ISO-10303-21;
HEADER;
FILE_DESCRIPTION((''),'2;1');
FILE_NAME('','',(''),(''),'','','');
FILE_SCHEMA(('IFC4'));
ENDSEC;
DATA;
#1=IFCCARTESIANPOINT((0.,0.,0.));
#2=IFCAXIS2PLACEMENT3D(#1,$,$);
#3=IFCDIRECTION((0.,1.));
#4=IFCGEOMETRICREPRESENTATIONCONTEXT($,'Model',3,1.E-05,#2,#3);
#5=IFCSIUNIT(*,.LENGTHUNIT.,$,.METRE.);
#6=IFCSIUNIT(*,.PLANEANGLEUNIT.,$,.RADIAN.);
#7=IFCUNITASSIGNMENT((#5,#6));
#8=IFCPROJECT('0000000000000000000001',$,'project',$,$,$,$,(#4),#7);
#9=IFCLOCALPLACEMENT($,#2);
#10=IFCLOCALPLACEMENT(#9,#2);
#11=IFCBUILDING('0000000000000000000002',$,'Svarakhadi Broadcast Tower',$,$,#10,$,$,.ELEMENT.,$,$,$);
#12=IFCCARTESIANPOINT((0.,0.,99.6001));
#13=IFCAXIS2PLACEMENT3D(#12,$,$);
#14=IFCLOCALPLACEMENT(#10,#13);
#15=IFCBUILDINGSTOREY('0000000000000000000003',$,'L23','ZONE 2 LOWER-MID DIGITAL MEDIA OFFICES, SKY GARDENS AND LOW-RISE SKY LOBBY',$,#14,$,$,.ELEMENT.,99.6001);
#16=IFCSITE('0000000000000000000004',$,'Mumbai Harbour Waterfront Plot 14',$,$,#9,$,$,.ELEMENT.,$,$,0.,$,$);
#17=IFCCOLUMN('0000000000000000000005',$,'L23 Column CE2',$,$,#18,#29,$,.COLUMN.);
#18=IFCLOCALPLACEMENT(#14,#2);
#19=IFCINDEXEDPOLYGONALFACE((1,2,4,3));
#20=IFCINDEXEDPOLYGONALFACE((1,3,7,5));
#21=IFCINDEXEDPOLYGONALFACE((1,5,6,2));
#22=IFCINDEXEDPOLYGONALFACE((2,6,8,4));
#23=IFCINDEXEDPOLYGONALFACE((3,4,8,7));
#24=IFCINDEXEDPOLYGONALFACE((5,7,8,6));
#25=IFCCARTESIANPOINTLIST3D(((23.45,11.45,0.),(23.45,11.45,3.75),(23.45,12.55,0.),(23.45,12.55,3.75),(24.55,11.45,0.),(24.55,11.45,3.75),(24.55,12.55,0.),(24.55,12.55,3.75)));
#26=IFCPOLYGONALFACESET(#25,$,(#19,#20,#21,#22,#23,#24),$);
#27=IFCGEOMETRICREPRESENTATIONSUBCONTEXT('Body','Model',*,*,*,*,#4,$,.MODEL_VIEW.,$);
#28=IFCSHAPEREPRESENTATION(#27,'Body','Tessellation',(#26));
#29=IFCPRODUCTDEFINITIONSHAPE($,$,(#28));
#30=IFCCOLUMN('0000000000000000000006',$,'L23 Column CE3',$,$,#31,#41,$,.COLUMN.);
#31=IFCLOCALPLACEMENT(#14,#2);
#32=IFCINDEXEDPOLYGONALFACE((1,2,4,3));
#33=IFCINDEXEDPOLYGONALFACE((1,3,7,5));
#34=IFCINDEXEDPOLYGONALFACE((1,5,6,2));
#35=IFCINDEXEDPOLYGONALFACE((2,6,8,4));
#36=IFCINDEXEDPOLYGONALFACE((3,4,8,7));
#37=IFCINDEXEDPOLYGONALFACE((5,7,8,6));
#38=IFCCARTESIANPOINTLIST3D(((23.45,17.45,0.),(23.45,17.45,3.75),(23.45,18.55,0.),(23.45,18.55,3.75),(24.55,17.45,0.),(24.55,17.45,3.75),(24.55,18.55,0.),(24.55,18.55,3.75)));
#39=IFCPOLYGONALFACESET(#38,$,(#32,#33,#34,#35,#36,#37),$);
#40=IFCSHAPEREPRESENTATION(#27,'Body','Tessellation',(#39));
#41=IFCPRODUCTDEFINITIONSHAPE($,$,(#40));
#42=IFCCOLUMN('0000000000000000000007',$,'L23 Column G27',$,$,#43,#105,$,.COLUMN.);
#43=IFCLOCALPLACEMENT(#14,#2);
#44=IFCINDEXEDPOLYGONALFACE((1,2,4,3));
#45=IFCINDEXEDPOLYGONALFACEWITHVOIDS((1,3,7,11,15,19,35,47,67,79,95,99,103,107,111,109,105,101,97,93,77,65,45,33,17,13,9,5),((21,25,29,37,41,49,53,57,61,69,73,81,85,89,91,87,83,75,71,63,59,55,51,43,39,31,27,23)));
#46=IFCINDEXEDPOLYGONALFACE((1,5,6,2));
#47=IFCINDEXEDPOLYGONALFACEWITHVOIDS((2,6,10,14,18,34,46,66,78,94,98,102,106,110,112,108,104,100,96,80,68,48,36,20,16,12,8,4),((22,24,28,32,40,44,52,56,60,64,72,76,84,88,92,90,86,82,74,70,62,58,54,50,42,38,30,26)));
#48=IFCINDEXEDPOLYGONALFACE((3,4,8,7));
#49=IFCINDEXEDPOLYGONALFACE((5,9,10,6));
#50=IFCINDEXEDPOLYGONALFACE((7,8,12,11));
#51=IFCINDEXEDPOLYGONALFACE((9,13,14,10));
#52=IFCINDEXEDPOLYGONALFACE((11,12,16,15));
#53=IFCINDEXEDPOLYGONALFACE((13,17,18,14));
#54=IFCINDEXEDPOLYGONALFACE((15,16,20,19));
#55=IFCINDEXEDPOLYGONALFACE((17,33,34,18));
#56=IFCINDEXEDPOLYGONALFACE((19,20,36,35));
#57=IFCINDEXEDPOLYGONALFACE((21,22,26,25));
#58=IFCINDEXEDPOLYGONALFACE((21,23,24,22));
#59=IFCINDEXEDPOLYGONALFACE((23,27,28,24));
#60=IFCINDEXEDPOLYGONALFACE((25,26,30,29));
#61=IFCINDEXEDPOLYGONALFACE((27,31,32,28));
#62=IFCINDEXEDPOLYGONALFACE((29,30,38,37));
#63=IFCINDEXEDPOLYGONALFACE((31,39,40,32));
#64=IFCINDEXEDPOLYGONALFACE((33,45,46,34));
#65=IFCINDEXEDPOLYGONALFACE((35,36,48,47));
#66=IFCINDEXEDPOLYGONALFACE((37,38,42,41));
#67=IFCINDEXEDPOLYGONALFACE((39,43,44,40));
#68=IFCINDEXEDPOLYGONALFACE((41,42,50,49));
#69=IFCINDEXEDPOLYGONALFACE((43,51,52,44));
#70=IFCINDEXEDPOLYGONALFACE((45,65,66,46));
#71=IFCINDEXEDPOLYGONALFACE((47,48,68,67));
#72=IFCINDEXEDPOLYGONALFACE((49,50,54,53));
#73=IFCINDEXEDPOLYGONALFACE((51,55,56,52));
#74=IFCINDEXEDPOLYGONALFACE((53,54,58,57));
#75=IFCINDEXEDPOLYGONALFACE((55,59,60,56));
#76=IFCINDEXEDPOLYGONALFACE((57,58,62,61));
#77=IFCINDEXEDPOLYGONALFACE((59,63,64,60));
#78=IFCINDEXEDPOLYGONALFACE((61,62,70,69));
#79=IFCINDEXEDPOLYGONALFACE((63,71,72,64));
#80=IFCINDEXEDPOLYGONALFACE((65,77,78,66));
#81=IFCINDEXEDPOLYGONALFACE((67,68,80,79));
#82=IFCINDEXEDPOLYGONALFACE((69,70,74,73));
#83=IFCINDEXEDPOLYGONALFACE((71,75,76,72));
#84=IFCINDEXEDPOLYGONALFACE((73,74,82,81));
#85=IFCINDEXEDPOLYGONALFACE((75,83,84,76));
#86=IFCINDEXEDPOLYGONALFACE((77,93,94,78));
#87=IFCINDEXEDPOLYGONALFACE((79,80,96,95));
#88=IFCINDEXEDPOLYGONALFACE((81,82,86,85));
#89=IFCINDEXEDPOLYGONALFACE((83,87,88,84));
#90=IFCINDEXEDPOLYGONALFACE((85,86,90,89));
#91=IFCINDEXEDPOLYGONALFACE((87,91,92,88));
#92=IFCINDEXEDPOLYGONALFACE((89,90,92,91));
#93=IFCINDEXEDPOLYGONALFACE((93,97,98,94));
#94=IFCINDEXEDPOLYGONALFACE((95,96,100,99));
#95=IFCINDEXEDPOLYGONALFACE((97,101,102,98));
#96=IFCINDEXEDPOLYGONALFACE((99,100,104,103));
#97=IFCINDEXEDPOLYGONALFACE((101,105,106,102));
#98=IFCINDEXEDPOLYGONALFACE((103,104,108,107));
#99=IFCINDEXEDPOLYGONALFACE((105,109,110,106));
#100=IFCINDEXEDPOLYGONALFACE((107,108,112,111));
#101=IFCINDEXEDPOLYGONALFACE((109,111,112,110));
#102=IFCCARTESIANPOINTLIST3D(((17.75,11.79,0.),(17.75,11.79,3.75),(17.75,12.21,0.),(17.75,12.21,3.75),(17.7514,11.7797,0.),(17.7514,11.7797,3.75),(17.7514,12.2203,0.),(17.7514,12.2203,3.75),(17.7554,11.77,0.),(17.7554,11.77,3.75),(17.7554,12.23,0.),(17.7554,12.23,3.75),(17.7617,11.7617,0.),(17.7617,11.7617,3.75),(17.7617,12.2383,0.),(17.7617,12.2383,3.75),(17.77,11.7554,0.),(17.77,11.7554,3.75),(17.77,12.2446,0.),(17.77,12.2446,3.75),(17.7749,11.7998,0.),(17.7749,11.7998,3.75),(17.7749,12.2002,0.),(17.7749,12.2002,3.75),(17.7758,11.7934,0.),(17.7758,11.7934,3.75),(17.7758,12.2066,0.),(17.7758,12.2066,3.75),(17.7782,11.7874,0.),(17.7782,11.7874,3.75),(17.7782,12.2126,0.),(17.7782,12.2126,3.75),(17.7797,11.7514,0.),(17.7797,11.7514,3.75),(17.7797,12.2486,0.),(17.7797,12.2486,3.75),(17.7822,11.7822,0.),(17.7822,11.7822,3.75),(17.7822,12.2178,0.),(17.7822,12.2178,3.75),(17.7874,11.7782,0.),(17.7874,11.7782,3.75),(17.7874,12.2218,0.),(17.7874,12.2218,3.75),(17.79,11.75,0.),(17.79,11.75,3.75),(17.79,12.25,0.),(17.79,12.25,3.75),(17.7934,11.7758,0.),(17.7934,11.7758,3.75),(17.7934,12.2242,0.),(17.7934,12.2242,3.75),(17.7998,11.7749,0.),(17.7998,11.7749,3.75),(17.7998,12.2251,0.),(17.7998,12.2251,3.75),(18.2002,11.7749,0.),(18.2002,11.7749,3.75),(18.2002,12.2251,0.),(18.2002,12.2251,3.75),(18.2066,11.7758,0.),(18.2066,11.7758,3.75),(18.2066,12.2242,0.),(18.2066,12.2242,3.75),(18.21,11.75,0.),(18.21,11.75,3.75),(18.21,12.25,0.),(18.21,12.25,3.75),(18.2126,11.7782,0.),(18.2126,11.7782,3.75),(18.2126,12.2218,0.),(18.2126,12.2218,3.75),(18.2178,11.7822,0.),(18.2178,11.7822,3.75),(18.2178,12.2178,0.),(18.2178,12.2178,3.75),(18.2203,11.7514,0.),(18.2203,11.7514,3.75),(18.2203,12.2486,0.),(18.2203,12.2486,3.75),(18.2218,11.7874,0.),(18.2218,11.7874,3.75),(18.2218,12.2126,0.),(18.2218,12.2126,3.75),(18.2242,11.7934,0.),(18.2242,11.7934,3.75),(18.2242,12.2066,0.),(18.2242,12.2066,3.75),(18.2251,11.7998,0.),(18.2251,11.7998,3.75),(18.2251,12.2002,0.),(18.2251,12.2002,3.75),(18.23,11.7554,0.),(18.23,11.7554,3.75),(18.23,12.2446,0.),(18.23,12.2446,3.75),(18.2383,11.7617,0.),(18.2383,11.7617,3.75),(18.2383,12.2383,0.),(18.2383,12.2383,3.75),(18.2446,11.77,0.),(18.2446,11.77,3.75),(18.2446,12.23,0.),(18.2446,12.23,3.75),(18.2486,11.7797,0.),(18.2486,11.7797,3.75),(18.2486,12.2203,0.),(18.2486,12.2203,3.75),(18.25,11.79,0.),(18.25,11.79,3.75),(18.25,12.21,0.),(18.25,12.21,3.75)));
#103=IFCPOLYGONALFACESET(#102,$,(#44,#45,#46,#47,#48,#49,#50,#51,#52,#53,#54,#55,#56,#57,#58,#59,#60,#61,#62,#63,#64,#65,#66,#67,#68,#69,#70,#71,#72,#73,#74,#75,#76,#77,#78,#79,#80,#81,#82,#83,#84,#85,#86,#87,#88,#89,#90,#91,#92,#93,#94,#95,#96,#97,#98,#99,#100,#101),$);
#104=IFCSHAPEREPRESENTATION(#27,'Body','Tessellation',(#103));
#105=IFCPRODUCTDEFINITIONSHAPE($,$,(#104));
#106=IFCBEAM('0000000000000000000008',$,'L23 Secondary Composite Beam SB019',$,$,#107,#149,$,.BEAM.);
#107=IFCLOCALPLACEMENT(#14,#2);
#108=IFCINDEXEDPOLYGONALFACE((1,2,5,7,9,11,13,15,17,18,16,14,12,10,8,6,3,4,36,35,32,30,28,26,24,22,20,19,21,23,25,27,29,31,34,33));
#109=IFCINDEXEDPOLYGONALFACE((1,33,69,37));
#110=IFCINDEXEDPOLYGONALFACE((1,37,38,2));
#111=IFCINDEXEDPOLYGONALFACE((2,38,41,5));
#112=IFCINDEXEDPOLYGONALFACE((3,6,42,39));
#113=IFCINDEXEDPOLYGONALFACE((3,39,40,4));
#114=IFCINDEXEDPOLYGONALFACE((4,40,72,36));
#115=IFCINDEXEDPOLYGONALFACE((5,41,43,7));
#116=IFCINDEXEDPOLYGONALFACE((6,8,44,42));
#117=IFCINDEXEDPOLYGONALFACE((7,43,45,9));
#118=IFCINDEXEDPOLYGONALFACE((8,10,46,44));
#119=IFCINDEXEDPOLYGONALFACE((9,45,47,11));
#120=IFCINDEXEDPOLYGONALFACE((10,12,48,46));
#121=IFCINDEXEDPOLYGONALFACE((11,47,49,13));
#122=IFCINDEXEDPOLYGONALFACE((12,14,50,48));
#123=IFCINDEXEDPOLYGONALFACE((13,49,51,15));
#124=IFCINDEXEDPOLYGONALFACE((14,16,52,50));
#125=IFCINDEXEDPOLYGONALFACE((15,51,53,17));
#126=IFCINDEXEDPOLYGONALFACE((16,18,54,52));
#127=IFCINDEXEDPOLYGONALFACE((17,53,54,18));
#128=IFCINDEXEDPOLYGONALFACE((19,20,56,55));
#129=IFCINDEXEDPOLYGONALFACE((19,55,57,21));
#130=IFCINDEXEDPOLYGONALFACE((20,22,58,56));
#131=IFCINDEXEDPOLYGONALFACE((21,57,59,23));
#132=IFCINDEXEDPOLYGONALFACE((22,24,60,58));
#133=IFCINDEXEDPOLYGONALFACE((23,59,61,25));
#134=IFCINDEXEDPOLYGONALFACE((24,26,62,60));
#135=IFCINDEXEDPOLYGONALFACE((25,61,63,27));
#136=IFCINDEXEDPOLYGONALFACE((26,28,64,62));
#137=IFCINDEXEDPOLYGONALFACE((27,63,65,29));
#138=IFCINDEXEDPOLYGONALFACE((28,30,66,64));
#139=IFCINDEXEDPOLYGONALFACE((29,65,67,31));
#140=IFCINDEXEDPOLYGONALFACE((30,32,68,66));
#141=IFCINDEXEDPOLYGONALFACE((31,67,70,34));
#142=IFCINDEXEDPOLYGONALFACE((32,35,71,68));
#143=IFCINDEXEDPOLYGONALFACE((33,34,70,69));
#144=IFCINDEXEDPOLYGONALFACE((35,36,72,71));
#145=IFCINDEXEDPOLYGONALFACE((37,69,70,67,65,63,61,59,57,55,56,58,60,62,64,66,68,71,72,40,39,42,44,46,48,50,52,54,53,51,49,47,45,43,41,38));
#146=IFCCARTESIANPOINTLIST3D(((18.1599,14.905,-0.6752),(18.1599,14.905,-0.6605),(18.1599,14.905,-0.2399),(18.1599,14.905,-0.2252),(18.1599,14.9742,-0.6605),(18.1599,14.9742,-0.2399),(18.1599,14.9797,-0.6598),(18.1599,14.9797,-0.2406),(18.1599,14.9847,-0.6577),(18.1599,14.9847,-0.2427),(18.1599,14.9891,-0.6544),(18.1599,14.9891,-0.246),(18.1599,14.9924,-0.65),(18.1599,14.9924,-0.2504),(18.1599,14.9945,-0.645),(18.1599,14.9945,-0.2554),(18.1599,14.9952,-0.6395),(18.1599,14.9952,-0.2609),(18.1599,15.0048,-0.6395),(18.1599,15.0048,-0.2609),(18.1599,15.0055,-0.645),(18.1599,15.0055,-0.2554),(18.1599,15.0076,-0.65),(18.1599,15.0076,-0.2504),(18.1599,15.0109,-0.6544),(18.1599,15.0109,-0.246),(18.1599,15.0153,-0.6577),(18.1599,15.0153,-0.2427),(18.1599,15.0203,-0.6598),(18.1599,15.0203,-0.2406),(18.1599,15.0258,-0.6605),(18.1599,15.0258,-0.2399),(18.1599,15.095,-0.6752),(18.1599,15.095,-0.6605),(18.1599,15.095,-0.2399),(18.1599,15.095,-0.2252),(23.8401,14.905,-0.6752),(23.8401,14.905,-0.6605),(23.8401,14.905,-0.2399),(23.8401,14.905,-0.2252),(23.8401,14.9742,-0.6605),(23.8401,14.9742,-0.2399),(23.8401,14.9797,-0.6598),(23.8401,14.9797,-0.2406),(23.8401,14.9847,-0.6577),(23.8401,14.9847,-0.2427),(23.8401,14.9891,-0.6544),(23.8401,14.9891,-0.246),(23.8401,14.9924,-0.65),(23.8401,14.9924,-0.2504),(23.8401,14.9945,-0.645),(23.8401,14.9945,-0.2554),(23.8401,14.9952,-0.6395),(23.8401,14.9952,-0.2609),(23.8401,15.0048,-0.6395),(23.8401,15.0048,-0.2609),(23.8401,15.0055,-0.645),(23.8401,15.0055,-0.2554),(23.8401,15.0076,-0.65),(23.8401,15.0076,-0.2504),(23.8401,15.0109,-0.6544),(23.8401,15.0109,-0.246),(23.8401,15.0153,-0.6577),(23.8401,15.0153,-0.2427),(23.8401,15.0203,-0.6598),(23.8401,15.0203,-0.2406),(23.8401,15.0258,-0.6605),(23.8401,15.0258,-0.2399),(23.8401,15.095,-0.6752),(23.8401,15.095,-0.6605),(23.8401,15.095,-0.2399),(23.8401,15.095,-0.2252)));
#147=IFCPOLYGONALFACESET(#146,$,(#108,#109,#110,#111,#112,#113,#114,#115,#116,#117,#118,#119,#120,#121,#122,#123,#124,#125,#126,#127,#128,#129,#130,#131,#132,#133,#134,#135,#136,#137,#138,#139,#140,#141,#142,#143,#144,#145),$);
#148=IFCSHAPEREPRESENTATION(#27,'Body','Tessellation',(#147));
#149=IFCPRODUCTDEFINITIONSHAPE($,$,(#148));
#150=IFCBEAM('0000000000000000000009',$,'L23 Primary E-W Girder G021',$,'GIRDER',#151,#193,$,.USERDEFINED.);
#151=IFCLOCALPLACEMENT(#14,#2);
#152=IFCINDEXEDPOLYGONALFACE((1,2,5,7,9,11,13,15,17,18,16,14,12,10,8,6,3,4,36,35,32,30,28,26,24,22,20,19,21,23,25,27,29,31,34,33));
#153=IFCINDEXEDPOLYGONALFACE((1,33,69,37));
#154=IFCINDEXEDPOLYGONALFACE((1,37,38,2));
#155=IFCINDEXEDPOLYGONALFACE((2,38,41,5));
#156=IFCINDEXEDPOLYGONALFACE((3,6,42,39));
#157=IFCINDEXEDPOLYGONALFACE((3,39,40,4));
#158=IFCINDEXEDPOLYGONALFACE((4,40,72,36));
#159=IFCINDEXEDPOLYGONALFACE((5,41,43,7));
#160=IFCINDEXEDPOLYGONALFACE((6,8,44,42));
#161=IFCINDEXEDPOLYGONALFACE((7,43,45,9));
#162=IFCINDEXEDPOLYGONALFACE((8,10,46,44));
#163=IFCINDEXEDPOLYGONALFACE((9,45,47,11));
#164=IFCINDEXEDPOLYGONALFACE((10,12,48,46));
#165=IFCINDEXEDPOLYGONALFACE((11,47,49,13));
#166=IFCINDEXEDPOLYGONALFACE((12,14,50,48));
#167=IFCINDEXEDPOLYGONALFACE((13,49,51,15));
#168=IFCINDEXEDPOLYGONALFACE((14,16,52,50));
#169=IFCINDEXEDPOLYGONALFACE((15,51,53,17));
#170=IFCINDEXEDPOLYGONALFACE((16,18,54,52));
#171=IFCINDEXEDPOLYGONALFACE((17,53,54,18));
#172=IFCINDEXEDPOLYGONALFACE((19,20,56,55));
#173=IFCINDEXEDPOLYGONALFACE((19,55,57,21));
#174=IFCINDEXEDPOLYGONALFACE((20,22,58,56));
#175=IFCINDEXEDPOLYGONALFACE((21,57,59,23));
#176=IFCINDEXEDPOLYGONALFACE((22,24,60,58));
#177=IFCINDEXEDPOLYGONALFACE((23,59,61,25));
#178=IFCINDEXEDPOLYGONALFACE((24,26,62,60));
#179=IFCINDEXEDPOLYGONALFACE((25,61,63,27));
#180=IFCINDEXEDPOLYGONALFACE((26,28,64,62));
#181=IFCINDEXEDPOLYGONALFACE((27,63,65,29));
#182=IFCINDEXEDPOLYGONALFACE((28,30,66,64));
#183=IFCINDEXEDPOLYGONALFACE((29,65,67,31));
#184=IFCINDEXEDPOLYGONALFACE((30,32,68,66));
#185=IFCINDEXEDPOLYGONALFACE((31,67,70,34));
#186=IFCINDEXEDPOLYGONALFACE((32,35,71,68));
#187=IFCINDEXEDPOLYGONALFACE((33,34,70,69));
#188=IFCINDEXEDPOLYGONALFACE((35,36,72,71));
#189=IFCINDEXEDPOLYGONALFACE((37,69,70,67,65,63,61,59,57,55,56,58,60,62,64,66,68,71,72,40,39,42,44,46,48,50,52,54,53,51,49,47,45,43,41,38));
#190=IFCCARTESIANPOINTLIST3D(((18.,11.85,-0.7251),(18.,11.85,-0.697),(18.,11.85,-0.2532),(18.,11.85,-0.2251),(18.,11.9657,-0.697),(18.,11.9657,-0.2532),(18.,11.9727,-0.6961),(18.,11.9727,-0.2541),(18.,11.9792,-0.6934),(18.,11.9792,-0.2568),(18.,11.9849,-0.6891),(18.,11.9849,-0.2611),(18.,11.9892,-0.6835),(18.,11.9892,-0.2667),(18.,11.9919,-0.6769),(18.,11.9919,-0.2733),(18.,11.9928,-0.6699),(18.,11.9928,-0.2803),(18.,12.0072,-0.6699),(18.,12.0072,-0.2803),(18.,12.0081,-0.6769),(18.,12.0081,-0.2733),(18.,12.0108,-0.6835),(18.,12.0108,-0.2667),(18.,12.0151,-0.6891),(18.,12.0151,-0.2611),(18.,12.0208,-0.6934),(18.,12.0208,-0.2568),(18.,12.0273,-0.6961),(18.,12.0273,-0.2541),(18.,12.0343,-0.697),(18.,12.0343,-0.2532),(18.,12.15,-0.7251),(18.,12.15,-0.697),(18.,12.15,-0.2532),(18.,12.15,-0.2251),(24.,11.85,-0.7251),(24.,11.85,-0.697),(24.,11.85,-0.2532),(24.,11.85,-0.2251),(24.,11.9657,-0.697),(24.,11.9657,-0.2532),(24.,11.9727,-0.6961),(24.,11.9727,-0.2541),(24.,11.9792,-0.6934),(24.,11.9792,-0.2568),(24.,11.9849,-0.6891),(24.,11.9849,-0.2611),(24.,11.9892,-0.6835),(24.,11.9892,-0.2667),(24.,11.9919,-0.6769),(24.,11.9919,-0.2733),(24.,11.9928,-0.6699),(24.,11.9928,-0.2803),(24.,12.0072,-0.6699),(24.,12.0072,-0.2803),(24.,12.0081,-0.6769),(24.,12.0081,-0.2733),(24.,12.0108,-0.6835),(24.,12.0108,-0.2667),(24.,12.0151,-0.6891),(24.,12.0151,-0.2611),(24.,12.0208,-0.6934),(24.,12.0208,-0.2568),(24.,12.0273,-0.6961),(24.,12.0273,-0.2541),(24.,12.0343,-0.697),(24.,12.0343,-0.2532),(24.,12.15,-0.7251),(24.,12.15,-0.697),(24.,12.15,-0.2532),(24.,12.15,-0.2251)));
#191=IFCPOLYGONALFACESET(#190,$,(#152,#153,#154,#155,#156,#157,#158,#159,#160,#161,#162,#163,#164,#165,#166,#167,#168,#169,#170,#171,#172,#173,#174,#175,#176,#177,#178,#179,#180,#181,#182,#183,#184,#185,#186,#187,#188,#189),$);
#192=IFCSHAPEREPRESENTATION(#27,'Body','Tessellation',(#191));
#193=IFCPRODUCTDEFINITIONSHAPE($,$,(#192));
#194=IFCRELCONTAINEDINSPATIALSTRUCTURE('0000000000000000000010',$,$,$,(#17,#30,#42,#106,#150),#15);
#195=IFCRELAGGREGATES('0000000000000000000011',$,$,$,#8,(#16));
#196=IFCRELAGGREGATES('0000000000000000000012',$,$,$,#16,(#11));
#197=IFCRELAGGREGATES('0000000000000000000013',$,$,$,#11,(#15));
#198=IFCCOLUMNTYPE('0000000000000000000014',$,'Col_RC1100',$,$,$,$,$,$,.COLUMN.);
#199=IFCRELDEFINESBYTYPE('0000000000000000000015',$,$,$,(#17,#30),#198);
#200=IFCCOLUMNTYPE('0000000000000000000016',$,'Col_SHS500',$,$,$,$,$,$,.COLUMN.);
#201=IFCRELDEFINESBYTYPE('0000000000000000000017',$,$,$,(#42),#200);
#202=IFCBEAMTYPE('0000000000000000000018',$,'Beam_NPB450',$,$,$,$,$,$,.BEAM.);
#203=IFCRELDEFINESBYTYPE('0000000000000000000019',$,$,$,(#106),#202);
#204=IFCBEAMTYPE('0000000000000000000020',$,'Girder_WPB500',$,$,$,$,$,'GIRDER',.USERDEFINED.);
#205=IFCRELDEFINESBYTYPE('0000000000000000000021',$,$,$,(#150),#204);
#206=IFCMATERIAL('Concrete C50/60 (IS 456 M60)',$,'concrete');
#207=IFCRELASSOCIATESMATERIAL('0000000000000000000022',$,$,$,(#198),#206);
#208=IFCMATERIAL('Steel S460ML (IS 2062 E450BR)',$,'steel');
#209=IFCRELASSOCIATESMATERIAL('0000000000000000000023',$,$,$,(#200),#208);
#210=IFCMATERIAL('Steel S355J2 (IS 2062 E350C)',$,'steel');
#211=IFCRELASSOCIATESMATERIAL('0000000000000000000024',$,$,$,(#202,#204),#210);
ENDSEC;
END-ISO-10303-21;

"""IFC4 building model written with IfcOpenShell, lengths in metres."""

from ifc_helpers import new_model, si_unit, direction, frame, origin, origin_2d, place, context, subcontext, project, spatial, rectangle, hollow_rectangle, i_section, extrude, material, material_profile, profile_set, type_object, element, save


model = new_model("IFC4")

# Units and contexts
model_context = context("Model", 3, precision=1e-05, world=origin(), true_north=direction((0.0, 1.0)))
body_context = subcontext(model_context, "Body", "Model", "MODEL_VIEW")
ifc_project = project(units=[si_unit("LENGTHUNIT", "METRE"), si_unit("PLANEANGLEUNIT", "RADIAN")], contexts=[model_context])

# Site, building, storey
site_placement = place(None, origin())
site = spatial("IfcSite", under=ifc_project, at=site_placement, Name="Mumbai Harbour Waterfront Plot 14", CompositionType="ELEMENT", RefElevation=0.0)
building_placement = place(site_placement, origin())
building = spatial("IfcBuilding", under=site, at=building_placement, Name="Svarakhadi Broadcast Tower", CompositionType="ELEMENT")
storey_placement = place(building_placement, frame((0.0, 0.0, 99.6001)))
storey = spatial("IfcBuildingStorey", under=building, at=storey_placement, Name="L23", Description="ZONE 2 LOWER-MID DIGITAL MEDIA OFFICES, SKY GARDENS AND LOW-RISE SKY LOBBY", CompositionType="ELEMENT", Elevation=99.6001)

# Columns
ifc_material_1 = material(Name="Concrete C50/60 (IS 456 M60)", Category="concrete")
ifc_material_profile_1 = material_profile(ifc_material_1, rectangle(XDim=1.1001, YDim=1.1001, at=origin_2d()), Name="RC 1100x1100")
ifc_profile_set_1 = profile_set([ifc_material_profile_1], Name="Concrete C50/60 (IS 456 M60)")
column_type_1 = type_object("IfcColumnType", Name="Col_RC1100", PredefinedType="COLUMN", material=ifc_profile_set_1)
for number, where, z_axis, x_axis, name in (
    (1, (24.0, 12.0, 0.0), (0.0, 0.0, 1.0), (1.0, 0.0, 0.0), "L23 Column CE2"),
    (2, (24.0, 18.0, 0.0), (0.0, 0.0, 1.0), (1.0, 0.0, 0.0), "L23 Column CE3"),
):
    element("IfcColumn", number, at=place(storey_placement, frame(where, z_axis=z_axis, x_axis=x_axis)), inside=storey, type_object=column_type_1, Name=name, PredefinedType="COLUMN", context=body_context, shape_type="SweptSolid", body=[
        extrude(rectangle(XDim=1.1001, YDim=1.1001, at=origin_2d()), origin(), (0.0, 0.0, 1.0), 3.75),
    ])
ifc_material_2 = material(Name="Steel S460ML (IS 2062 E450BR)", Category="steel")
ifc_material_profile_2 = material_profile(ifc_material_2, hollow_rectangle(XDim=0.5, YDim=0.5, WallThickness=0.0249, InnerFilletRadius=0.0249, OuterFilletRadius=0.04, at=origin_2d()), Name="SHS 500x500x25")
ifc_profile_set_2 = profile_set([ifc_material_profile_2], Name="Steel S460ML (IS 2062 E450BR)")
column_type_2 = type_object("IfcColumnType", Name="Col_SHS500", PredefinedType="COLUMN", material=ifc_profile_set_2)
column_placement = place(storey_placement, frame((18.0, 12.0, 0.0), z_axis=(0.0, 0.0, 1.0), x_axis=(1.0, 0.0, 0.0)))
element("IfcColumn", 3, at=column_placement, inside=storey, type_object=column_type_2, Name="L23 Column G27", PredefinedType="COLUMN", context=body_context, shape_type="SweptSolid", body=[
    extrude(hollow_rectangle(XDim=0.5, YDim=0.5, WallThickness=0.0249, InnerFilletRadius=0.0249, OuterFilletRadius=0.04, at=origin_2d()), origin(), (0.0, 0.0, 1.0), 3.75),
])

# Beams
ifc_material_3 = material(Name="Steel S355J2 (IS 2062 E350C)", Category="steel")
ifc_material_profile_3 = material_profile(ifc_material_3, i_section(OverallWidth=0.1899, OverallDepth=0.45, WebThickness=0.0095, FlangeThickness=0.0146, FilletRadius=0.021, at=origin_2d()), Name="NPB 450x190x78")
ifc_profile_set_3 = profile_set([ifc_material_profile_3], Name="Steel S355J2 (IS 2062 E350C)")
beam_type_1 = type_object("IfcBeamType", Name="Beam_NPB450", PredefinedType="BEAM", material=ifc_profile_set_3)
beam_1_placement = place(storey_placement, frame((18.1599, 15.0, -0.4502), z_axis=(1.0, 0.0, 0.0), x_axis=(0.0, 1.0, 0.0)))
element("IfcBeam", 4, at=beam_1_placement, inside=storey, type_object=beam_type_1, Name="L23 Secondary Composite Beam SB019", PredefinedType="BEAM", context=body_context, shape_type="SweptSolid", body=[
    extrude(i_section(OverallWidth=0.1899, OverallDepth=0.45, WebThickness=0.0095, FlangeThickness=0.0146, FilletRadius=0.021, at=origin_2d()), origin(), (0.0, 0.0, 1.0), 5.6802),
])
ifc_material_profile_4 = material_profile(ifc_material_3, i_section(OverallWidth=0.3, OverallDepth=0.5, WebThickness=0.0144, FlangeThickness=0.0281, FilletRadius=0.0271, at=origin_2d()), Name="WPB 500x300x187")
ifc_profile_set_4 = profile_set([ifc_material_profile_4], Name="Steel S355J2 (IS 2062 E350C)")
beam_type_2 = type_object("IfcBeamType", Name="Girder_WPB500", ElementType="GIRDER", PredefinedType="USERDEFINED", material=ifc_profile_set_4)
for number, where, z_axis, x_axis, name in (
    (5, (18.0, 12.0, -0.4751), (1.0, 0.0, 0.0), (0.0, 1.0, 0.0), "L23 Primary E-W Girder G021"),
):
    element("IfcBeam", number, at=place(storey_placement, frame(where, z_axis=z_axis, x_axis=x_axis)), inside=storey, type_object=beam_type_2, Name=name, ObjectType="GIRDER", PredefinedType="USERDEFINED", context=body_context, shape_type="SweptSolid", body=[
        extrude(i_section(OverallWidth=0.3, OverallDepth=0.5, WebThickness=0.0144, FlangeThickness=0.0281, FilletRadius=0.0271, at=origin_2d()), origin(), (0.0, 0.0, 1.0), 6.0),
    ])

save(model, "model.ifc")
